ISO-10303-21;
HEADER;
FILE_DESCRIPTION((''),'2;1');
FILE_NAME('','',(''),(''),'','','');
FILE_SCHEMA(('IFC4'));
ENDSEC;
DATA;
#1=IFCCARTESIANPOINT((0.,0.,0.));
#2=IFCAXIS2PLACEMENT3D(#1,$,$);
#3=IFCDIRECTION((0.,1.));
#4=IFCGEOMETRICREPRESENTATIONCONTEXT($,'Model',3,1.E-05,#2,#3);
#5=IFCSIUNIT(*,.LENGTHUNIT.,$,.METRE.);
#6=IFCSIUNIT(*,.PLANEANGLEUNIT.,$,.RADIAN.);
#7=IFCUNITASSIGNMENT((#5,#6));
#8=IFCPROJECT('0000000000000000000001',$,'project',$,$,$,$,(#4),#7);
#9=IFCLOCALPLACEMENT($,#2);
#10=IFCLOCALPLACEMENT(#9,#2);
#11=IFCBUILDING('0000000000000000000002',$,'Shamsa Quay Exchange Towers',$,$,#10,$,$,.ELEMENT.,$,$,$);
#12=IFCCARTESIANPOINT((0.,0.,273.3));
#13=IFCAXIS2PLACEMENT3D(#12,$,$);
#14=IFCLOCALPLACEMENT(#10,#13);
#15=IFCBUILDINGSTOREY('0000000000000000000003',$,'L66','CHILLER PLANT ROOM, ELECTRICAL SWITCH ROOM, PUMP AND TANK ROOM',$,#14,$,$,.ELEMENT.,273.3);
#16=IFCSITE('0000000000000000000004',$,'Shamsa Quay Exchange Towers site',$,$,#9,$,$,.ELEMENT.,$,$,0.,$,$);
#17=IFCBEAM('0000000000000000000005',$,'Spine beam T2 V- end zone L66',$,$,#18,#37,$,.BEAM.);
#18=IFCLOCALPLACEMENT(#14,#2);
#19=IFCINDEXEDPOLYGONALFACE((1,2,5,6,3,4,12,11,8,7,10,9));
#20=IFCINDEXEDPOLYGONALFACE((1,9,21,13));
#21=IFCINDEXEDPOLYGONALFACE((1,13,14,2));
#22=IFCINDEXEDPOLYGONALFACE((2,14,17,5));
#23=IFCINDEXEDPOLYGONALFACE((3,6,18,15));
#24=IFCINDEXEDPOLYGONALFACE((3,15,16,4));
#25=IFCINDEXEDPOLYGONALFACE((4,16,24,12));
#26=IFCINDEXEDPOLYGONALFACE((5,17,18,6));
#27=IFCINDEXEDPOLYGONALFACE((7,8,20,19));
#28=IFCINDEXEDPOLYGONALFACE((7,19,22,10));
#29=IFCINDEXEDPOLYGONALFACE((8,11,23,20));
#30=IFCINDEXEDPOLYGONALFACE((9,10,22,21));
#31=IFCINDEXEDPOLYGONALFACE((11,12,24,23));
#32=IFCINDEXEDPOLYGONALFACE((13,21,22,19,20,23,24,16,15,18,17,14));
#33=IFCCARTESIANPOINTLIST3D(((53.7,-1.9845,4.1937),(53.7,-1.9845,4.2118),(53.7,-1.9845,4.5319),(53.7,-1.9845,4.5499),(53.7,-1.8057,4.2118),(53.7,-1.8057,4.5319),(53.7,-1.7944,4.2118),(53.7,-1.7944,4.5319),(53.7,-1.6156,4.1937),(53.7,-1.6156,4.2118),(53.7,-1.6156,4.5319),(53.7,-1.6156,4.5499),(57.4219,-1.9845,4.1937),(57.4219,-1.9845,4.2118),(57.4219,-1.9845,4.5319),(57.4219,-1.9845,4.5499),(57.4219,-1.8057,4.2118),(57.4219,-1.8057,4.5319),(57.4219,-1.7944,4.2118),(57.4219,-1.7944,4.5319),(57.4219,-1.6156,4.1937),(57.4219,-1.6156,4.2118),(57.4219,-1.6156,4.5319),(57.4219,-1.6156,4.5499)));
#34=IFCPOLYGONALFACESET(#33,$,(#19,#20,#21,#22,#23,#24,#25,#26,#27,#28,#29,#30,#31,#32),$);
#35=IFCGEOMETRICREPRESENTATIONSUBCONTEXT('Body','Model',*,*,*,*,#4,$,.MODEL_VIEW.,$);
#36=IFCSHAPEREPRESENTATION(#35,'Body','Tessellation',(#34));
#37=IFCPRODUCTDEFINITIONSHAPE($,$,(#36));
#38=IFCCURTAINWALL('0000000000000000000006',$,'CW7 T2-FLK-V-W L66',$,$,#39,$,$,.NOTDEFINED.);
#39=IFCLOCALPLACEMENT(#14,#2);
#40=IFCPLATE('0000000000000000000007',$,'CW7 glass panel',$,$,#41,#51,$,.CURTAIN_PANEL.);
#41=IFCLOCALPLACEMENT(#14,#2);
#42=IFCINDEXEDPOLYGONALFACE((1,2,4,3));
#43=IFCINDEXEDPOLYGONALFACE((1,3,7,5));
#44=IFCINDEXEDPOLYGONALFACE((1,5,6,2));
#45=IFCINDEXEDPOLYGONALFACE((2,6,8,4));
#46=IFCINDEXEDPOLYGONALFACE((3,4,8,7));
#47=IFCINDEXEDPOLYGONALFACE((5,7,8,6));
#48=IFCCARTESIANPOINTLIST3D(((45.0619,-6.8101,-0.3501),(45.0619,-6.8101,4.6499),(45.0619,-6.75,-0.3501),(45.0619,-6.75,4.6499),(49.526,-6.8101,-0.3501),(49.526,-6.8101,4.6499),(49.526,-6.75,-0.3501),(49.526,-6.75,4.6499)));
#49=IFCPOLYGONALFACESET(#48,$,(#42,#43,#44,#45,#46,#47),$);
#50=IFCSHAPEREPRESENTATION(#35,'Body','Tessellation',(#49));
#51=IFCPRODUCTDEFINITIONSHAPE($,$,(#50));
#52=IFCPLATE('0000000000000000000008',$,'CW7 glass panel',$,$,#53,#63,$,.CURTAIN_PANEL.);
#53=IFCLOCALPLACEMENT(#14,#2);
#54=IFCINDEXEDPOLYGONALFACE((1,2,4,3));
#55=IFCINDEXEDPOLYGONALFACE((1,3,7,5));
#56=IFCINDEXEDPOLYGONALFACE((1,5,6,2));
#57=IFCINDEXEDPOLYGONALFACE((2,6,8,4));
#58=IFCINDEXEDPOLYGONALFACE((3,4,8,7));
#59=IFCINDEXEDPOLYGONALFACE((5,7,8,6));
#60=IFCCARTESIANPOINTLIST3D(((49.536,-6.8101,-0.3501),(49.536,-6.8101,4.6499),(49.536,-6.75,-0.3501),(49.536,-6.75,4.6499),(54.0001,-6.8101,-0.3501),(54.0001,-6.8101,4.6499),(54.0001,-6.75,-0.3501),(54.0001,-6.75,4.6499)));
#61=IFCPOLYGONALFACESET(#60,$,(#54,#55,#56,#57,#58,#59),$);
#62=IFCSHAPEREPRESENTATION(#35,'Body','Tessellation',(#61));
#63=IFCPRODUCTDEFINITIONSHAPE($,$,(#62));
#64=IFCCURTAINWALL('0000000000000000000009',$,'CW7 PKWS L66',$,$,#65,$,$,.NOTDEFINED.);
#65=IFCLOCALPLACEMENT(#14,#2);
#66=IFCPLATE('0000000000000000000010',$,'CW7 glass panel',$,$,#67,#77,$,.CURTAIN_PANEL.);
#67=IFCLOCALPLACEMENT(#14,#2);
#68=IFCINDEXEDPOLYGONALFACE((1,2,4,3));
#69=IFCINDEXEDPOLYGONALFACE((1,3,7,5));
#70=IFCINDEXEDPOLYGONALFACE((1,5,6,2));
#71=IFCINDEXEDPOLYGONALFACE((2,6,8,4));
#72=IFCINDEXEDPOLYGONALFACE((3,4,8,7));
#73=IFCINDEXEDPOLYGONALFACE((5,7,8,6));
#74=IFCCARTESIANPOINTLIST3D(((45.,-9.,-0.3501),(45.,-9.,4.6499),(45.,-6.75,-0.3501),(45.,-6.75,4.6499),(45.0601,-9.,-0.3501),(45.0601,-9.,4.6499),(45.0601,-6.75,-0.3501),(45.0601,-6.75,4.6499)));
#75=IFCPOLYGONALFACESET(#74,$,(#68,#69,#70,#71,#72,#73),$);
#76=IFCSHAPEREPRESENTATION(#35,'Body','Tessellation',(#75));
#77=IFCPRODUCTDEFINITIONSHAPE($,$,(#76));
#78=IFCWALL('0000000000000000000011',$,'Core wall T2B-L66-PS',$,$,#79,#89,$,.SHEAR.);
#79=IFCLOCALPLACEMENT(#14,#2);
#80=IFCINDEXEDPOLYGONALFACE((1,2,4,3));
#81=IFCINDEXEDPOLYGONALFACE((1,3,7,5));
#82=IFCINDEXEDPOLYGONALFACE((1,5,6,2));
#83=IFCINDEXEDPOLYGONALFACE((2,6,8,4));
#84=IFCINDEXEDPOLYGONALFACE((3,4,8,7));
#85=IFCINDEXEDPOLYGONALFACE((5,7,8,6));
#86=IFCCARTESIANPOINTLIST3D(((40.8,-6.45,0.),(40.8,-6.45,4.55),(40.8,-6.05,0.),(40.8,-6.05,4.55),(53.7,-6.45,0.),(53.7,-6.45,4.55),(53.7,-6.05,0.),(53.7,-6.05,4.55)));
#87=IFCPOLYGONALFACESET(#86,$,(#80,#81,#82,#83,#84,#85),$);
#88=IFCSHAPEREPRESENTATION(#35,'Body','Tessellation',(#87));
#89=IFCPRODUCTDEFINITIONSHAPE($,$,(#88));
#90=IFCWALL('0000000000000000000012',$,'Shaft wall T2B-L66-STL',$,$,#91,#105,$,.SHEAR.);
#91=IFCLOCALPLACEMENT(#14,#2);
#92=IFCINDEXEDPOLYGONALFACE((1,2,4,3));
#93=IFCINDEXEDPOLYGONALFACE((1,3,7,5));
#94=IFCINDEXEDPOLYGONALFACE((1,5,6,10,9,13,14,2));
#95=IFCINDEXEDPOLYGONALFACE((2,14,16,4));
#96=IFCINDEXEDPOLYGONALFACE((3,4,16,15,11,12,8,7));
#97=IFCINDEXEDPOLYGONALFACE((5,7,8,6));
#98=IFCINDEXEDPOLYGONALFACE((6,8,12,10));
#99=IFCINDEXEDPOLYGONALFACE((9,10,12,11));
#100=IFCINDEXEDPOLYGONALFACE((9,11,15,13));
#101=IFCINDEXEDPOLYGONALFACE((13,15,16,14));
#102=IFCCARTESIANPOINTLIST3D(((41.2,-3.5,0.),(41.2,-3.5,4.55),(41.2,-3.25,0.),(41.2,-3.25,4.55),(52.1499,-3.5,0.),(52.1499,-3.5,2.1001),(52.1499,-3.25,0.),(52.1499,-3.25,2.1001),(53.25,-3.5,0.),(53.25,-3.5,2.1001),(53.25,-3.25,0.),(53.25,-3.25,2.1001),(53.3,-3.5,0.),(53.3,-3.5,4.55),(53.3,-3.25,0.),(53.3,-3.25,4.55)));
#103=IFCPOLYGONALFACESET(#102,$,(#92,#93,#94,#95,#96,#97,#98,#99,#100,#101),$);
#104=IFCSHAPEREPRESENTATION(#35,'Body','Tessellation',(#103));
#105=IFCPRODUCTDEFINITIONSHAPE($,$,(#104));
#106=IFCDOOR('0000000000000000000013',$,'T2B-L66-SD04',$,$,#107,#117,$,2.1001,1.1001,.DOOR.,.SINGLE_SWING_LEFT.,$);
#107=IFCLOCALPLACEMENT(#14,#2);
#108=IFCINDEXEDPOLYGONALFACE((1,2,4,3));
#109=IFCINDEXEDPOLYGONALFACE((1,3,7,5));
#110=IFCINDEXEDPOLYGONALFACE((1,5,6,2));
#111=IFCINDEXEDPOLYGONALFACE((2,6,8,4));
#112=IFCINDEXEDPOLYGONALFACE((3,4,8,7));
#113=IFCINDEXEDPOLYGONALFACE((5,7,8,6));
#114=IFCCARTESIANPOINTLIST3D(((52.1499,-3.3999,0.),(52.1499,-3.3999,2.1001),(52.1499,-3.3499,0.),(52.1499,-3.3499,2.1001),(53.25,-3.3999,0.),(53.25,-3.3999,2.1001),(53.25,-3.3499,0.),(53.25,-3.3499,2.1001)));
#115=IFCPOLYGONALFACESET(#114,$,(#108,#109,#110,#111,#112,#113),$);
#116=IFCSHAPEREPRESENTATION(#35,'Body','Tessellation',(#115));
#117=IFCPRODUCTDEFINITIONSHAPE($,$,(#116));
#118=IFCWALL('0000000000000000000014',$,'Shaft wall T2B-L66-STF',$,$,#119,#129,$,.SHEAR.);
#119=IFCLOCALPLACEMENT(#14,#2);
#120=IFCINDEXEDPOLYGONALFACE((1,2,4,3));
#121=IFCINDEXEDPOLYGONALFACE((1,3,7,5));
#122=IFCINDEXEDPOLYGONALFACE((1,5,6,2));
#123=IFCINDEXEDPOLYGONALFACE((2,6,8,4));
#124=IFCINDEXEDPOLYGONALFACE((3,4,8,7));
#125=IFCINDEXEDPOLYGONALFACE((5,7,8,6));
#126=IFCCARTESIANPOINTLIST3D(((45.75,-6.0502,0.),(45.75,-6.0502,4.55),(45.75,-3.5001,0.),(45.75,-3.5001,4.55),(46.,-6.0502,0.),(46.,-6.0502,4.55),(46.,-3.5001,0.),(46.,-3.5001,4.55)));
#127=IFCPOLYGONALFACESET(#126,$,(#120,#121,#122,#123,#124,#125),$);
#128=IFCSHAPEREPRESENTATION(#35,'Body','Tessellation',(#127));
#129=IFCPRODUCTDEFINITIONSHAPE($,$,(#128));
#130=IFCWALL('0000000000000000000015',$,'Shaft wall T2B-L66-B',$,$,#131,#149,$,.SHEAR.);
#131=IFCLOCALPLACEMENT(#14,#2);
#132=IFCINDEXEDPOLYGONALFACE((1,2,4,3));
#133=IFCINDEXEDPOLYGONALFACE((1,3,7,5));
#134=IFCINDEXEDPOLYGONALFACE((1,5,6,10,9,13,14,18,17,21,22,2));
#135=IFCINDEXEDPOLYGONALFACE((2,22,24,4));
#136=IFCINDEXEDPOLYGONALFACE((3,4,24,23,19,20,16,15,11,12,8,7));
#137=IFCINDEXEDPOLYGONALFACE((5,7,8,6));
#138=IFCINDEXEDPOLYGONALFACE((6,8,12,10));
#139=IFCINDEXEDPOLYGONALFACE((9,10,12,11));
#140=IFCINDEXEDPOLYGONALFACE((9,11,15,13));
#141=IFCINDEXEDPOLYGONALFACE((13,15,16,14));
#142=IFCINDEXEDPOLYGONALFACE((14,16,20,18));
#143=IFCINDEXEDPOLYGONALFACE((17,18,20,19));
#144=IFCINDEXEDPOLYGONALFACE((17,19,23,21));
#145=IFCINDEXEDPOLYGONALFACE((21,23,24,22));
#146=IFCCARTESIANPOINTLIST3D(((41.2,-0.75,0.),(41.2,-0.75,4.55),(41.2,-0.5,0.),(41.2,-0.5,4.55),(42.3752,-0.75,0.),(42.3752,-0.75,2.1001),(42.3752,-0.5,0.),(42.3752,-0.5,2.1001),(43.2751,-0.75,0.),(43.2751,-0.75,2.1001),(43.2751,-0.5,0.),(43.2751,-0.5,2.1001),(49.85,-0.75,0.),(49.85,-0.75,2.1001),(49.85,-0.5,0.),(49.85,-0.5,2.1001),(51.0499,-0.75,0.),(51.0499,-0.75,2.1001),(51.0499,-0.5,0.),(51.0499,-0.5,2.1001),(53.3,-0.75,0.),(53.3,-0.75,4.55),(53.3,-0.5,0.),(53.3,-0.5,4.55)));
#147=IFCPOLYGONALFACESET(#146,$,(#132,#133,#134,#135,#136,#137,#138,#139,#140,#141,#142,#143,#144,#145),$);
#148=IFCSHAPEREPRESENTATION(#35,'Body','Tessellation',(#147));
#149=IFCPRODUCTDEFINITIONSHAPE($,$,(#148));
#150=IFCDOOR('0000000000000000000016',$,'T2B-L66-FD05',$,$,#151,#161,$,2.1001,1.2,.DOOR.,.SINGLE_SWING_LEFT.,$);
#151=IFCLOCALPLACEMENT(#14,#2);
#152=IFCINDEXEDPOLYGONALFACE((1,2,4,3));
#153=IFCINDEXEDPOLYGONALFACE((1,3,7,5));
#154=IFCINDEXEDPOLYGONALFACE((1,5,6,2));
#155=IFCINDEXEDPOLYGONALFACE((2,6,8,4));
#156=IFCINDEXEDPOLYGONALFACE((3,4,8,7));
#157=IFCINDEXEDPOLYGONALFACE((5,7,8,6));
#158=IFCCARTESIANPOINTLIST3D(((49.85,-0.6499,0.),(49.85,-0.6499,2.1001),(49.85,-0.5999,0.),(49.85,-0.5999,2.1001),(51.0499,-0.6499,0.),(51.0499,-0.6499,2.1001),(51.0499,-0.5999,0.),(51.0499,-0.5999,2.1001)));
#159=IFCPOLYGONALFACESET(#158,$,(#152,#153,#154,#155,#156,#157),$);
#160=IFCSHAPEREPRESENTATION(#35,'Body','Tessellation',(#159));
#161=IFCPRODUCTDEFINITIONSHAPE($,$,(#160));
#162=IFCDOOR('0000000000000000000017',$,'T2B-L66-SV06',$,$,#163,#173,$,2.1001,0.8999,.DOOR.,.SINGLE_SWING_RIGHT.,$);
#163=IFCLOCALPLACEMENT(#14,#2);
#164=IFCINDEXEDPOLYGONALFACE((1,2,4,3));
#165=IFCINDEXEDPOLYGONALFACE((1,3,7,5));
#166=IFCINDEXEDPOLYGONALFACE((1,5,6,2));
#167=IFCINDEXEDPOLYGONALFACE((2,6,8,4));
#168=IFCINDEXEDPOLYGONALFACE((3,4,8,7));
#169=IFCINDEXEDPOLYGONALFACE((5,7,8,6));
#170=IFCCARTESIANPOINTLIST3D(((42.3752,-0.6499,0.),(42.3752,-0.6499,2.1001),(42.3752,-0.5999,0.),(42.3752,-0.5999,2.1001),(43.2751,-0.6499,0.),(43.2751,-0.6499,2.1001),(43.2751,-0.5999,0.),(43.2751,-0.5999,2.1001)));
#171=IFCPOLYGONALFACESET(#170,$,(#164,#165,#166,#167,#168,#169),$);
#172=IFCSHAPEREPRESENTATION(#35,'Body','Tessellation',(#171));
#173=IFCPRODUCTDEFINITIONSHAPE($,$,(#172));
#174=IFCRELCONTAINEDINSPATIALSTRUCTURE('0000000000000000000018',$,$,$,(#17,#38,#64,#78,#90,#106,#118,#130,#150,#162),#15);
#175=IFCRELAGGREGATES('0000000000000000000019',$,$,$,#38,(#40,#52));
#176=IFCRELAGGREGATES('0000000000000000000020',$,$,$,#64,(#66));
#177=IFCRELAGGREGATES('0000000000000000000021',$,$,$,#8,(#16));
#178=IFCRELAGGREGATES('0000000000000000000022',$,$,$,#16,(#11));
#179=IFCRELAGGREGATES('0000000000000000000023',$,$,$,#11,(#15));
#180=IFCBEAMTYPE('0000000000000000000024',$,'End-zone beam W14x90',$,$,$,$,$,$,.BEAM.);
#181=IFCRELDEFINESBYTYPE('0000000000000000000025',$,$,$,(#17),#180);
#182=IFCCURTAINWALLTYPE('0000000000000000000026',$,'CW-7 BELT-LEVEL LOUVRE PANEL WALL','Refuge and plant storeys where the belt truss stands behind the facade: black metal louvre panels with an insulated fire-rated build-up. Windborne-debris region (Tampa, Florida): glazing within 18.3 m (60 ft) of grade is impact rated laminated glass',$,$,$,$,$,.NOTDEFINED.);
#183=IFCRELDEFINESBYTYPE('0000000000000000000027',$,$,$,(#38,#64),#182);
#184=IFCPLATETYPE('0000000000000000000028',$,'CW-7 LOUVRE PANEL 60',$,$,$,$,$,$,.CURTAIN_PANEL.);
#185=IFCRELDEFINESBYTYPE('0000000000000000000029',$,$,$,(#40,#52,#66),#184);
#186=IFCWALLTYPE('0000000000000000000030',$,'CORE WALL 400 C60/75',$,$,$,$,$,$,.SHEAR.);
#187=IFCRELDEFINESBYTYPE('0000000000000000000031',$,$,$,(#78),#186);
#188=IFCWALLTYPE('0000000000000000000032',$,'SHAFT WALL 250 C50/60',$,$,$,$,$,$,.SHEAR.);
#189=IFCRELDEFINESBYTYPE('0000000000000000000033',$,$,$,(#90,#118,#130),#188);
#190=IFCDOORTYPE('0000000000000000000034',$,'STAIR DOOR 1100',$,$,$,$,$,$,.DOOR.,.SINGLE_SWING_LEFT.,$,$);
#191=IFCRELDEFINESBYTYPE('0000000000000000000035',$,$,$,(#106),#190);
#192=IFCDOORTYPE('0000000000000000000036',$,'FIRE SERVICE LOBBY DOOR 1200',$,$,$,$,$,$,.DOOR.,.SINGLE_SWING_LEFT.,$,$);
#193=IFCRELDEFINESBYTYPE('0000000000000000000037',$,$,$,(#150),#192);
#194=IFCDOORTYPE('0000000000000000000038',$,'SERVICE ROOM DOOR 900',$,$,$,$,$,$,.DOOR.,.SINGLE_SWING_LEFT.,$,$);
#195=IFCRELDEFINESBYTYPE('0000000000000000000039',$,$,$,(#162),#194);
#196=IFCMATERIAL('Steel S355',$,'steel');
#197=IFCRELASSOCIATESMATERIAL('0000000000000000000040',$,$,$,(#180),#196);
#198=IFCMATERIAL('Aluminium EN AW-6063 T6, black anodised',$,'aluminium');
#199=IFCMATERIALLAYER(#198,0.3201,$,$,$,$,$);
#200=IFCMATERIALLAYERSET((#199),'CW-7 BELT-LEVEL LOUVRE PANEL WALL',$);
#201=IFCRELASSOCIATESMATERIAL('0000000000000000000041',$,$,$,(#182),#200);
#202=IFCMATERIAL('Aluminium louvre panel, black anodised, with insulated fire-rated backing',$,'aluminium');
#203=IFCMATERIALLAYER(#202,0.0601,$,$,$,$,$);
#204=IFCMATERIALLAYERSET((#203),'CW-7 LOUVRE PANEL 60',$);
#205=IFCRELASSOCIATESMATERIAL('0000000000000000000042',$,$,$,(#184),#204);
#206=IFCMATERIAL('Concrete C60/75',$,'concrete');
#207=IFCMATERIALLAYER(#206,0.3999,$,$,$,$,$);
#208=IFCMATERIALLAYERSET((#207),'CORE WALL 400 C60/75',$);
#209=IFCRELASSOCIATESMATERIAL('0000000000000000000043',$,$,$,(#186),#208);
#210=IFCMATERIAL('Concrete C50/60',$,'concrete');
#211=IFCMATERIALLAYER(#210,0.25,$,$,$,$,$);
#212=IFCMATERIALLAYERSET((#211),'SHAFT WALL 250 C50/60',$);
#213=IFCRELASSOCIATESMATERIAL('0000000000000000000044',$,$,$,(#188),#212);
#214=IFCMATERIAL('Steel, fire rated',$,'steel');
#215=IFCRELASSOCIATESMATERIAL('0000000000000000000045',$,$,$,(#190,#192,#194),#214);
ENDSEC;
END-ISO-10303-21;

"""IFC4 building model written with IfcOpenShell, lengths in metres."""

from ifc_helpers import new_model, si_unit, direction, frame, frame_2d, origin, origin_2d, place, context, subcontext, project, spatial, rectangle, i_section, extrude, material, layer, layer_set, material_profile, profile_set, type_object, element, fill, aggregate, save


model = new_model("IFC4")

# Units and contexts
model_context = context("Model", 3, precision=1e-05, world=origin(), true_north=direction((0.0, 1.0)))
body_context = subcontext(model_context, "Body", "Model", "MODEL_VIEW")
ifc_project = project(units=[si_unit("LENGTHUNIT", "METRE"), si_unit("PLANEANGLEUNIT", "RADIAN")], contexts=[model_context])

# Site, building, storey
site_placement = place(None, origin())
site = spatial("IfcSite", under=ifc_project, at=site_placement, Name="Shamsa Quay Exchange Towers site", CompositionType="ELEMENT", RefElevation=0.0)
building_placement = place(site_placement, origin())
building = spatial("IfcBuilding", under=site, at=building_placement, Name="Shamsa Quay Exchange Towers", CompositionType="ELEMENT")
storey_placement = place(building_placement, frame((0.0, 0.0, 273.3)))
storey = spatial("IfcBuildingStorey", under=building, at=storey_placement, Name="L66", Description="CHILLER PLANT ROOM, ELECTRICAL SWITCH ROOM, PUMP AND TANK ROOM", CompositionType="ELEMENT", Elevation=273.3)

# Beam
ifc_material_1 = material(Name="Steel S355", Category="steel")
ifc_material_profile = material_profile(ifc_material_1, i_section(OverallWidth=0.3689, OverallDepth=0.3562, WebThickness=0.0112, FlangeThickness=0.0181, at=origin_2d()), Name="W14x90")
ifc_profile_set = profile_set([ifc_material_profile], Name="Steel S355")
beam_type = type_object("IfcBeamType", Name="End-zone beam W14x90", PredefinedType="BEAM", material=ifc_profile_set)
beam_placement = place(storey_placement, frame((53.7, -1.8, 4.3718), z_axis=(1.0, 0.0, 0.0), x_axis=(0.0, 1.0, 0.0)))
element("IfcBeam", 1, at=beam_placement, inside=storey, type_object=beam_type, Name="Spine beam T2 V- end zone L66", PredefinedType="BEAM", context=body_context, shape_type="SweptSolid", body=[
    extrude(i_section(OverallWidth=0.3689, OverallDepth=0.3562, WebThickness=0.0112, FlangeThickness=0.0181, at=origin_2d()), origin(), (0.0, 0.0, 1.0), 3.7219),
])

# Curtain wall, plates
ifc_material_2 = material(Name="Aluminium EN AW-6063 T6, black anodised", Category="aluminium")
ifc_layer_1 = layer(ifc_material_2, 0.3201)
ifc_layer_set_1 = layer_set([ifc_layer_1], Name="CW-7 BELT-LEVEL LOUVRE PANEL WALL")
curtain_wall_type = type_object("IfcCurtainWallType", Name="CW-7 BELT-LEVEL LOUVRE PANEL WALL", Description="Refuge and plant storeys where the belt truss stands behind the facade: black metal louvre panels with an insulated fire-rated build-up. Windborne-debris region (Tampa, Florida): glazing within 18.3 m (60 ft) of grade is impact rated laminated glass", PredefinedType="NOTDEFINED", material=ifc_layer_set_1)
curtain_wall_1_placement = place(storey_placement, origin())
curtain_wall_1 = element("IfcCurtainWall", 2, at=curtain_wall_1_placement, inside=storey, type_object=curtain_wall_type, Name="CW7 T2-FLK-V-W L66", PredefinedType="NOTDEFINED")
ifc_material_3 = material(Name="Aluminium louvre panel, black anodised, with insulated fire-rated backing", Category="aluminium")
ifc_layer_2 = layer(ifc_material_3, 0.0601)
ifc_layer_set_2 = layer_set([ifc_layer_2], Name="CW-7 LOUVRE PANEL 60")
plate_type = type_object("IfcPlateType", Name="CW-7 LOUVRE PANEL 60", PredefinedType="CURTAIN_PANEL", material=ifc_layer_set_2)
plate_1_placement = place(storey_placement, frame((47.2939, -6.78, -0.3501)))
plate_1 = element("IfcPlate", 3, at=plate_1_placement, type_object=plate_type, Name="CW7 glass panel", PredefinedType="CURTAIN_PANEL", context=body_context, shape_type="SweptSolid", body=[
    extrude(rectangle(XDim=4.4641, YDim=0.0601, at=origin_2d()), origin(), (0.0, 0.0, 1.0), 5.0),
])
plate_2_placement = place(storey_placement, frame((51.7681, -6.78, -0.3501)))
plate_2 = element("IfcPlate", 4, at=plate_2_placement, type_object=plate_type, Name="CW7 glass panel", PredefinedType="CURTAIN_PANEL", context=body_context, shape_type="SweptSolid", body=[
    extrude(rectangle(XDim=4.4641, YDim=0.0601, at=origin_2d()), origin(), (0.0, 0.0, 1.0), 5.0),
])
aggregate(curtain_wall_1, [plate_1, plate_2])

# Curtain wall, plate
curtain_wall_2_placement = place(storey_placement, origin())
curtain_wall_2 = element("IfcCurtainWall", 5, at=curtain_wall_2_placement, inside=storey, type_object=curtain_wall_type, Name="CW7 PKWS L66", PredefinedType="NOTDEFINED")
plate_3_placement = place(storey_placement, frame((45.03, -7.875, -0.3501), z_axis=(0.0, 0.0, 1.0), x_axis=(0.0, 1.0, 0.0)))
plate_3 = element("IfcPlate", 6, at=plate_3_placement, type_object=plate_type, Name="CW7 glass panel", PredefinedType="CURTAIN_PANEL", context=body_context, shape_type="SweptSolid", body=[
    extrude(rectangle(XDim=2.25, YDim=0.0601, at=origin_2d()), origin(), (0.0, 0.0, 1.0), 5.0),
])
aggregate(curtain_wall_2, [plate_3])

# Wall
ifc_material_4 = material(Name="Concrete C60/75", Category="concrete")
ifc_layer_3 = layer(ifc_material_4, 0.3999)
ifc_layer_set_3 = layer_set([ifc_layer_3], Name="CORE WALL 400 C60/75")
wall_type_1 = type_object("IfcWallType", Name="CORE WALL 400 C60/75", PredefinedType="SHEAR", material=ifc_layer_set_3)
wall_1_placement = place(storey_placement, frame((53.7, -6.25, 0.0), z_axis=(0.0, 0.0, 1.0), x_axis=(-1.0, 0.0, 0.0)))
element("IfcWall", 7, at=wall_1_placement, inside=storey, type_object=wall_type_1, Name="Core wall T2B-L66-PS", PredefinedType="SHEAR", context=body_context, shape_type="SweptSolid", body=[
    extrude(rectangle(XDim=12.8999, YDim=0.3999, at=frame_2d((6.45, 0.0))), origin(), (0.0, 0.0, 1.0), 4.55),
])

# Wall, opening, door
ifc_material_5 = material(Name="Steel, fire rated", Category="steel")
ifc_material_6 = material(Name="Concrete C50/60", Category="concrete")
ifc_layer_4 = layer(ifc_material_6, 0.25)
ifc_layer_set_4 = layer_set([ifc_layer_4], Name="SHAFT WALL 250 C50/60")
wall_type_2 = type_object("IfcWallType", Name="SHAFT WALL 250 C50/60", PredefinedType="SHEAR", material=ifc_layer_set_4)
wall_2_placement = place(storey_placement, frame((53.3, -3.375, 0.0), z_axis=(0.0, 0.0, 1.0), x_axis=(-1.0, 0.0, 0.0)))
wall_2 = element("IfcWall", 8, at=wall_2_placement, inside=storey, type_object=wall_type_2, Name="Shaft wall T2B-L66-STL", PredefinedType="SHEAR", context=body_context, shape_type="SweptSolid", body=[
    extrude(rectangle(XDim=12.1001, YDim=0.25, at=frame_2d((6.05, 0.0))), origin(), (0.0, 0.0, 1.0), 4.55),
])
opening_1_placement = place(wall_2_placement, frame((0.05, 0.0, 0.0)))
opening_1 = element("IfcOpeningElement", 9, at=opening_1_placement, cuts=wall_2, PredefinedType="OPENING", context=body_context, shape_type="SweptSolid", body=[
    extrude(rectangle(XDim=1.1001, YDim=2.1001, at=frame_2d((0.55, 1.05))), frame((0.0, 0.135, 0.0), z_axis=(0.0, -1.0, 0.0), x_axis=(1.0, 0.0, 0.0)), (0.0, 0.0, 1.0), 0.27),
])
door_type_1 = type_object("IfcDoorType", Name="STAIR DOOR 1100", OperationType="SINGLE_SWING_LEFT", PredefinedType="DOOR", material=ifc_material_5)
door_1_placement = place(opening_1_placement, origin())
door_1 = element("IfcDoor", 10, at=door_1_placement, inside=storey, type_object=door_type_1, Name="T2B-L66-SD04", OperationType="SINGLE_SWING_LEFT", OverallHeight=2.1001, OverallWidth=1.1001, PredefinedType="DOOR", context=body_context, shape_type="SweptSolid", body=[
    extrude(rectangle(XDim=1.1001, YDim=2.1001, at=frame_2d((0.55, 1.05))), frame((0.0, 0.0249, 0.0), z_axis=(0.0, -1.0, 0.0), x_axis=(1.0, 0.0, 0.0)), (0.0, 0.0, 1.0), 0.05),
])
fill(opening_1, door_1)

# Wall
wall_3_placement = place(storey_placement, frame((45.875, -6.05, 0.0), z_axis=(0.0, 0.0, 1.0), x_axis=(0.0, 1.0, 0.0)))
element("IfcWall", 11, at=wall_3_placement, inside=storey, type_object=wall_type_2, Name="Shaft wall T2B-L66-STF", PredefinedType="SHEAR", context=body_context, shape_type="SweptSolid", body=[
    extrude(rectangle(XDim=2.55, YDim=0.25, at=frame_2d((1.2749, 0.0))), origin(), (0.0, 0.0, 1.0), 4.55),
])

# Wall, openings, doors
wall_4_placement = place(storey_placement, frame((53.3, -0.625, 0.0), z_axis=(0.0, 0.0, 1.0), x_axis=(-1.0, 0.0, 0.0)))
wall_4 = element("IfcWall", 12, at=wall_4_placement, inside=storey, type_object=wall_type_2, Name="Shaft wall T2B-L66-B", PredefinedType="SHEAR", context=body_context, shape_type="SweptSolid", body=[
    extrude(rectangle(XDim=12.1001, YDim=0.25, at=frame_2d((6.05, 0.0))), origin(), (0.0, 0.0, 1.0), 4.55),
])
opening_2_placement = place(wall_4_placement, frame((2.25, 0.0, 0.0)))
opening_2 = element("IfcOpeningElement", 13, at=opening_2_placement, cuts=wall_4, PredefinedType="OPENING", context=body_context, shape_type="SweptSolid", body=[
    extrude(rectangle(XDim=1.2, YDim=2.1001, at=frame_2d((0.6001, 1.05))), frame((0.0, 0.135, 0.0), z_axis=(0.0, -1.0, 0.0), x_axis=(1.0, 0.0, 0.0)), (0.0, 0.0, 1.0), 0.27),
])
opening_3_placement = place(wall_4_placement, frame((10.0249, 0.0, 0.0)))
opening_3 = element("IfcOpeningElement", 14, at=opening_3_placement, cuts=wall_4, PredefinedType="OPENING", context=body_context, shape_type="SweptSolid", body=[
    extrude(rectangle(XDim=0.8999, YDim=2.1001, at=frame_2d((0.45, 1.05))), frame((0.0, 0.135, 0.0), z_axis=(0.0, -1.0, 0.0), x_axis=(1.0, 0.0, 0.0)), (0.0, 0.0, 1.0), 0.27),
])
door_type_2 = type_object("IfcDoorType", Name="FIRE SERVICE LOBBY DOOR 1200", OperationType="SINGLE_SWING_LEFT", PredefinedType="DOOR", material=ifc_material_5)
door_2_placement = place(opening_2_placement, origin())
door_2 = element("IfcDoor", 15, at=door_2_placement, inside=storey, type_object=door_type_2, Name="T2B-L66-FD05", OperationType="SINGLE_SWING_LEFT", OverallHeight=2.1001, OverallWidth=1.2, PredefinedType="DOOR", context=body_context, shape_type="SweptSolid", body=[
    extrude(rectangle(XDim=1.2, YDim=2.1001, at=frame_2d((0.6001, 1.05))), frame((0.0, 0.0249, 0.0), z_axis=(0.0, -1.0, 0.0), x_axis=(1.0, 0.0, 0.0)), (0.0, 0.0, 1.0), 0.05),
])
fill(opening_2, door_2)
door_type_3 = type_object("IfcDoorType", Name="SERVICE ROOM DOOR 900", OperationType="SINGLE_SWING_LEFT", PredefinedType="DOOR", material=ifc_material_5)
door_3_placement = place(opening_3_placement, origin())
door_3 = element("IfcDoor", 16, at=door_3_placement, inside=storey, type_object=door_type_3, Name="T2B-L66-SV06", OperationType="SINGLE_SWING_RIGHT", OverallHeight=2.1001, OverallWidth=0.8999, PredefinedType="DOOR", context=body_context, shape_type="SweptSolid", body=[
    extrude(rectangle(XDim=0.8999, YDim=2.1001, at=frame_2d((0.45, 1.05))), frame((0.0, 0.0249, 0.0), z_axis=(0.0, -1.0, 0.0), x_axis=(1.0, 0.0, 0.0)), (0.0, 0.0, 1.0), 0.05),
])
fill(opening_3, door_3)

save(model, "model.ifc")
